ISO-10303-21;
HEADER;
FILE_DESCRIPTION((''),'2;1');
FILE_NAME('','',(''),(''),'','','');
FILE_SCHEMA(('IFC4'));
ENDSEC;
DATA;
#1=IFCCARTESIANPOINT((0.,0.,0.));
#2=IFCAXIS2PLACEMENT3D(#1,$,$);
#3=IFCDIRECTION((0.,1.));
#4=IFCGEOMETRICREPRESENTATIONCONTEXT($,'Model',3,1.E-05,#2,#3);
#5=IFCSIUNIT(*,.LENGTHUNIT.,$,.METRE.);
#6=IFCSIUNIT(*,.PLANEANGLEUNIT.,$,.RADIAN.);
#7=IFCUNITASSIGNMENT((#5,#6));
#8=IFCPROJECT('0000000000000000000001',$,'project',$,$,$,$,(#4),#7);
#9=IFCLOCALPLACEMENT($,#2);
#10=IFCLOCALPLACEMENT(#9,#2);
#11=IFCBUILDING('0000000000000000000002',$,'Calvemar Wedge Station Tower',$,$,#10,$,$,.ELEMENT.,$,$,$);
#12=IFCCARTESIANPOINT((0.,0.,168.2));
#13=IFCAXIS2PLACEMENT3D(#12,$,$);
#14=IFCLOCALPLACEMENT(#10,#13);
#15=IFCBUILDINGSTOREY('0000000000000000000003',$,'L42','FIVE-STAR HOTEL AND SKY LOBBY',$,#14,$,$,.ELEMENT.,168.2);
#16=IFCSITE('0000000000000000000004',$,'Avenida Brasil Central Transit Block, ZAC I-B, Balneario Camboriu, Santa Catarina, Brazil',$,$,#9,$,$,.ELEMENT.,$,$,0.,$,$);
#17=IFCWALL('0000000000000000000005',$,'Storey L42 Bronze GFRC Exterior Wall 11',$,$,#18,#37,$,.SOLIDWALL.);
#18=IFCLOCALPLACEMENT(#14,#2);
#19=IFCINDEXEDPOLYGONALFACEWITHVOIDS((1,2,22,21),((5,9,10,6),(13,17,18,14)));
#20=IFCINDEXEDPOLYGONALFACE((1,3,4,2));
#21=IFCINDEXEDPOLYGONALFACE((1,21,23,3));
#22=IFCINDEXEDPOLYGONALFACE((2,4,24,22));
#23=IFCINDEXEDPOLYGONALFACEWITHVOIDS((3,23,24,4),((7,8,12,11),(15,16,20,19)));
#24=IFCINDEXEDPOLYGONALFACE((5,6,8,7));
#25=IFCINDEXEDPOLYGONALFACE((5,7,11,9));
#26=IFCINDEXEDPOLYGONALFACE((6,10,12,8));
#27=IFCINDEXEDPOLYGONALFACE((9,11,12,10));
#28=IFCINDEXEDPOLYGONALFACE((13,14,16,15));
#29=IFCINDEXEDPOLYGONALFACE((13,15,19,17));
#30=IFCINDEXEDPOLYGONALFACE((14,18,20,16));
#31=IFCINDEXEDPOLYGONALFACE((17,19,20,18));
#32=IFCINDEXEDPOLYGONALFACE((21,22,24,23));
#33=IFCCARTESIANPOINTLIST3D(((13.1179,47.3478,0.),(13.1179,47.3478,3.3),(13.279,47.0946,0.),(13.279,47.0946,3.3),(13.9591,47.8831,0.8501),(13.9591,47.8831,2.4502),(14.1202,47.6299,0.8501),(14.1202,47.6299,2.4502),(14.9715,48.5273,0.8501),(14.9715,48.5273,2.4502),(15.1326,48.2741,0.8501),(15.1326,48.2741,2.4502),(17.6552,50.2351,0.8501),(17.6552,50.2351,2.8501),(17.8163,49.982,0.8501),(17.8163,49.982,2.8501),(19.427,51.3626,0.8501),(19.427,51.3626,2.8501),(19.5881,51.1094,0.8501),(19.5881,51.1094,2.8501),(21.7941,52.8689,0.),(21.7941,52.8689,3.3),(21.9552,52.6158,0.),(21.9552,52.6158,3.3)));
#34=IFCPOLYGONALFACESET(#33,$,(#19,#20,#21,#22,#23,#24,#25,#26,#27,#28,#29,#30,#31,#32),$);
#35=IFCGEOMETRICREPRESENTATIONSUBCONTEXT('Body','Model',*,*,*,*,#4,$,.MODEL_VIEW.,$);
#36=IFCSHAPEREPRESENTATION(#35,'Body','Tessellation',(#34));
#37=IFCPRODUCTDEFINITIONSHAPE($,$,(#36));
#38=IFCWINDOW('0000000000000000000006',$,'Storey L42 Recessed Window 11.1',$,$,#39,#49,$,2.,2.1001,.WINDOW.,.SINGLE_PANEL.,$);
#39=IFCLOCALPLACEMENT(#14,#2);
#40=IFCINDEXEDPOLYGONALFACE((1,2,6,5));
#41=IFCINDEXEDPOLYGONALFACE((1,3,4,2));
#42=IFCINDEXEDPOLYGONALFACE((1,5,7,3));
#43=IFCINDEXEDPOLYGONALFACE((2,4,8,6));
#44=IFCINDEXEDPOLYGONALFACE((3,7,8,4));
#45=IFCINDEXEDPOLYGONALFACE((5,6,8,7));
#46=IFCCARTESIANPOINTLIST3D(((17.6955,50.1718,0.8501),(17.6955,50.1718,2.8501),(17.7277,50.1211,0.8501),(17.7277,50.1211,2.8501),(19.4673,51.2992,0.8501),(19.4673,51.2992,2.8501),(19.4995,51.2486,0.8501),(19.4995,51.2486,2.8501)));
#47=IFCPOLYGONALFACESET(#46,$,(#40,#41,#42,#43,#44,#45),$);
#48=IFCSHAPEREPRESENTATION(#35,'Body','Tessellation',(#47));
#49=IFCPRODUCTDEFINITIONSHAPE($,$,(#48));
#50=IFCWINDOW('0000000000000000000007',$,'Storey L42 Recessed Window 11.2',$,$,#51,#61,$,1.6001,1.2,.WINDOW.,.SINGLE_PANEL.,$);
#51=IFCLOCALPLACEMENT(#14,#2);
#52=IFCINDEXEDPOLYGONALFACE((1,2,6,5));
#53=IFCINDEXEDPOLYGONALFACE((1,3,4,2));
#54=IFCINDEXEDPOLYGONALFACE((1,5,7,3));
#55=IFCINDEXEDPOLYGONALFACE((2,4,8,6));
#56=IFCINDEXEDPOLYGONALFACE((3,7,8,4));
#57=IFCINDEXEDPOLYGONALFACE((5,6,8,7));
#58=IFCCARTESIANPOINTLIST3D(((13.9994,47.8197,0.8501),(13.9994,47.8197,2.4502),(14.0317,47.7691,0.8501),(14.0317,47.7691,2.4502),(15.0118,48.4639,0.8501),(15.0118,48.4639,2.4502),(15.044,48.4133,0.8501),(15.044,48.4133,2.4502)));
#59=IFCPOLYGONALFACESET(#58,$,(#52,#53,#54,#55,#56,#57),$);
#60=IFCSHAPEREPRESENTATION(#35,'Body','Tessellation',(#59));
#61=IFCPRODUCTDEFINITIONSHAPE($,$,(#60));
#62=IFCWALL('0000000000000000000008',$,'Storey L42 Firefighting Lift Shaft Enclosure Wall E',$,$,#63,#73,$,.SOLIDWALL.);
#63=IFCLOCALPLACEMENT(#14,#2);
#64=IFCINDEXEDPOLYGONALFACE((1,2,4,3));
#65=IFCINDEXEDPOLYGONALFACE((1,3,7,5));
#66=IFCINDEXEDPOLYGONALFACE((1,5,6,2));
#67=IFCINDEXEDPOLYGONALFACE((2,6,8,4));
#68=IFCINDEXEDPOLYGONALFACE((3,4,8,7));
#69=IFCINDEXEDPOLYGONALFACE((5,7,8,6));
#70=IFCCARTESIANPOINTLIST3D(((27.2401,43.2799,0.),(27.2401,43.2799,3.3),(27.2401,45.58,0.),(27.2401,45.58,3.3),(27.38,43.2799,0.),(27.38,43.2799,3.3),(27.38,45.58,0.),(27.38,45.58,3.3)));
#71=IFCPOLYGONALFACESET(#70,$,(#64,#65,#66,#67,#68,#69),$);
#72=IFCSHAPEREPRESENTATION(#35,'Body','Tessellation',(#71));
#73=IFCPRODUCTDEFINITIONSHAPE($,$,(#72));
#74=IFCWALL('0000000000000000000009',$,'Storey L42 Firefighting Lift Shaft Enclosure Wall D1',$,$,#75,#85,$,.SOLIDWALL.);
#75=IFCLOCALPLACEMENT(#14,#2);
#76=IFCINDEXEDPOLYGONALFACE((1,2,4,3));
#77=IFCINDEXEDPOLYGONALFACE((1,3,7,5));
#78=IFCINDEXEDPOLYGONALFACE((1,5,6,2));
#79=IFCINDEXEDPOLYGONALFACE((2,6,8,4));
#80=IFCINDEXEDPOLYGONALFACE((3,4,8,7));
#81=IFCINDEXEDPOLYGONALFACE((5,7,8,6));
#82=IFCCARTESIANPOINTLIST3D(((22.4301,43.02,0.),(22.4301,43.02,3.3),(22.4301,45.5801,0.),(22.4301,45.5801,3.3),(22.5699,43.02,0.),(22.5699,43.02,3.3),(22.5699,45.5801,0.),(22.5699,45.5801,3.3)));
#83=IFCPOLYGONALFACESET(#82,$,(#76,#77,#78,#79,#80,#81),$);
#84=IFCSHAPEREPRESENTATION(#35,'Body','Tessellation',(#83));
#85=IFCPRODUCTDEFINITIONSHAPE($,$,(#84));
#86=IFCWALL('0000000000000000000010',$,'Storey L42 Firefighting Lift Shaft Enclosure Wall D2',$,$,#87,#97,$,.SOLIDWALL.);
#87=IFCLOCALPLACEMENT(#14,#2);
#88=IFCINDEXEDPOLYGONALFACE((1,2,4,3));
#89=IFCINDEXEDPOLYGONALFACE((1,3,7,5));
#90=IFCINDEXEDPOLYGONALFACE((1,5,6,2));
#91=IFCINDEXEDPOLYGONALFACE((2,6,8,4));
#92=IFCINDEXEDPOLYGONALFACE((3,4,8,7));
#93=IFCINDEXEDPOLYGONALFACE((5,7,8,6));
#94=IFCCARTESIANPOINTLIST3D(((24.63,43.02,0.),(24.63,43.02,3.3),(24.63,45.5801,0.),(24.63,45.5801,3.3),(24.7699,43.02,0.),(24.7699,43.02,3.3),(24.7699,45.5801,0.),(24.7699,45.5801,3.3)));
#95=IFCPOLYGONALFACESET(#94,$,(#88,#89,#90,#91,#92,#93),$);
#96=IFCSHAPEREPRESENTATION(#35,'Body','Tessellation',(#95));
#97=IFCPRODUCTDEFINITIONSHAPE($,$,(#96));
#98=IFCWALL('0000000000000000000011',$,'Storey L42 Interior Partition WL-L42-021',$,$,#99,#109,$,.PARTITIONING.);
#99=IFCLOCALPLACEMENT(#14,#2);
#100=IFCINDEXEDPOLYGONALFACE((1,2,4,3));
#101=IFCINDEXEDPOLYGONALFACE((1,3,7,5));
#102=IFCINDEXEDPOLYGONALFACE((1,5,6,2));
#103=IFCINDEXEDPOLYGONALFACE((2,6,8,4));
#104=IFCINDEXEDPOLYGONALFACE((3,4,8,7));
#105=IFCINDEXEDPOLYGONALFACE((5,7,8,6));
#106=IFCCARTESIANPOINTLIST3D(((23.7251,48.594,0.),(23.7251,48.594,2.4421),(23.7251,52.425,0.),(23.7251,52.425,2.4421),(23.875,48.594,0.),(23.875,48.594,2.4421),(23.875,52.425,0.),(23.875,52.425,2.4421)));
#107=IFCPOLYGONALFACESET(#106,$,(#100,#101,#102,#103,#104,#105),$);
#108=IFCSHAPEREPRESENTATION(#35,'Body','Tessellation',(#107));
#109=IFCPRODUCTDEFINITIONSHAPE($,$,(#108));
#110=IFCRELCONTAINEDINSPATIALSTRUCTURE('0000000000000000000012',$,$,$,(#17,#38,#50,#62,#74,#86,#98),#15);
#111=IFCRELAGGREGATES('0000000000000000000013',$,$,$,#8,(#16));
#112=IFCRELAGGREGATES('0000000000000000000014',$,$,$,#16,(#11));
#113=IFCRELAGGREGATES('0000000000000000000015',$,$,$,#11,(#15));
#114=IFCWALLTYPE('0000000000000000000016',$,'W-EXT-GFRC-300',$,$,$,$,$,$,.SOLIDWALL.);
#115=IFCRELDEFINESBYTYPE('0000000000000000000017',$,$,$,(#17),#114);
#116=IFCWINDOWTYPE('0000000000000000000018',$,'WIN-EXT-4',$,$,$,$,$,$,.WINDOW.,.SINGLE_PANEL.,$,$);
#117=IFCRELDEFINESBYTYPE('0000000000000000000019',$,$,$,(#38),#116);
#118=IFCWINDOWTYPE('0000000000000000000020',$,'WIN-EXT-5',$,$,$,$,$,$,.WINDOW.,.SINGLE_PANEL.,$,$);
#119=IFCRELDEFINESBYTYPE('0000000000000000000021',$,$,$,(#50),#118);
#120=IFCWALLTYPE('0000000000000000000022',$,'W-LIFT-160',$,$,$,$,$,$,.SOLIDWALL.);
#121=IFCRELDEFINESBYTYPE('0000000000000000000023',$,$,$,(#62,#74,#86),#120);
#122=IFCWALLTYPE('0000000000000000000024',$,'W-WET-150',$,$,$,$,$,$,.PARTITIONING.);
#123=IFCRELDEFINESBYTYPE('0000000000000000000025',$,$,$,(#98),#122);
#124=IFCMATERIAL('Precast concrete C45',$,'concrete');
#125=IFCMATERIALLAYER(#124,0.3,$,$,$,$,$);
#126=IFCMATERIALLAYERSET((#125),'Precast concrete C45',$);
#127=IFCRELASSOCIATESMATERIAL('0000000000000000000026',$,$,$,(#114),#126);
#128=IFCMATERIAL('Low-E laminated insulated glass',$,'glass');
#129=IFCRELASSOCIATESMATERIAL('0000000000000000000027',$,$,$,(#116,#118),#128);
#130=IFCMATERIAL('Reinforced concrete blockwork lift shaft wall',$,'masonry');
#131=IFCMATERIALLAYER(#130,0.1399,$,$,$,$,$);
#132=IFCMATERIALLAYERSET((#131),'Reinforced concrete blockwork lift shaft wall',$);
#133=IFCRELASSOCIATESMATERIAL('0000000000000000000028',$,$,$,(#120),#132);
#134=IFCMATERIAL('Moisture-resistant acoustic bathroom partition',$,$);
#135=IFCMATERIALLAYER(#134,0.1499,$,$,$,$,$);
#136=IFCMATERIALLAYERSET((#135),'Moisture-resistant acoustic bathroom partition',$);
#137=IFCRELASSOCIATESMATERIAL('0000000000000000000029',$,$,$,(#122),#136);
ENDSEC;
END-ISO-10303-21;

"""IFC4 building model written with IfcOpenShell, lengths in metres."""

from ifc_helpers import new_model, si_unit, direction, frame, frame_2d, origin, place, context, subcontext, project, spatial, rectangle, extrude, source, transform, mapped, material, layer, layer_set, type_object, element, fill, save


model = new_model("IFC4")

# Units and contexts
model_context = context("Model", 3, precision=1e-05, world=origin(), true_north=direction((0.0, 1.0)))
body_context = subcontext(model_context, "Body", "Model", "MODEL_VIEW")
ifc_project = project(units=[si_unit("LENGTHUNIT", "METRE"), si_unit("PLANEANGLEUNIT", "RADIAN")], contexts=[model_context])

# Site, building, storey
site_placement = place(None, origin())
site = spatial("IfcSite", under=ifc_project, at=site_placement, Name="Avenida Brasil Central Transit Block, ZAC I-B, Balneario Camboriu, Santa Catarina, Brazil", CompositionType="ELEMENT", RefElevation=0.0)
building_placement = place(site_placement, origin())
building = spatial("IfcBuilding", under=site, at=building_placement, Name="Calvemar Wedge Station Tower", CompositionType="ELEMENT")
storey_placement = place(building_placement, frame((0.0, 0.0, 168.2)))
storey = spatial("IfcBuildingStorey", under=building, at=storey_placement, Name="L42", Description="FIVE-STAR HOTEL AND SKY LOBBY", CompositionType="ELEMENT", Elevation=168.2)

# Wall, openings, windows
ifc_material_1 = material(Name="Precast concrete C45", Category="concrete")
ifc_layer_1 = layer(ifc_material_1, 0.3)
ifc_layer_set_1 = layer_set([ifc_layer_1], Name="Precast concrete C45")
wall_type_1 = type_object("IfcWallType", Name="W-EXT-GFRC-300", PredefinedType="SOLIDWALL", material=ifc_layer_set_1)
wall_1_placement = place(storey_placement, frame((21.8748, 52.7424, 0.0), z_axis=(0.0, 0.0, 1.0), x_axis=(-0.843662, -0.536874, 0.0)))
wall_1 = element("IfcWall", 1, at=wall_1_placement, inside=storey, type_object=wall_type_1, Name="Storey L42 Bronze GFRC Exterior Wall 11", PredefinedType="SOLIDWALL", context=body_context, shape_type="SweptSolid", body=[
    extrude(rectangle(XDim=10.2839, YDim=0.3, at=frame_2d((5.1421, 0.0))), origin(), (0.0, 0.0, 1.0), 3.3),
])
shared_shape_1 = source(origin(), body_context, "Body", "SweptSolid", [
    extrude(rectangle(XDim=2.1001, YDim=2.0, at=frame_2d((1.05, 1.0))), frame((0.0, 0.1602, 0.0), z_axis=(0.0, -1.0, 0.0), x_axis=(1.0, 0.0, 0.0)), (0.0, 0.0, 1.0), 0.3201),
])
opening_1_placement = place(wall_1_placement, frame((2.8059, 0.0, 0.8501)))
opening_1 = element("IfcOpeningElement", 2, at=opening_1_placement, cuts=wall_1, PredefinedType="OPENING", context=body_context, shape_type="MappedRepresentation", body=[
    mapped(shared_shape_1, transform((0.0, 0.0, 0.0), scale=1.0)),
])
shared_shape_2 = source(origin(), body_context, "Body", "SweptSolid", [
    extrude(rectangle(XDim=1.2, YDim=1.6001, at=frame_2d((0.6001, 0.8))), frame((0.0, 0.1602, 0.0), z_axis=(0.0, -1.0, 0.0), x_axis=(1.0, 0.0, 0.0)), (0.0, 0.0, 1.0), 0.3201),
])
opening_2_placement = place(wall_1_placement, frame((8.0869, 0.0, 0.8501)))
opening_2 = element("IfcOpeningElement", 3, at=opening_2_placement, cuts=wall_1, PredefinedType="OPENING", context=body_context, shape_type="MappedRepresentation", body=[
    mapped(shared_shape_2, transform((0.0, 0.0, 0.0), scale=1.0)),
])
ifc_material_2 = material(Name="Low-E laminated insulated glass", Category="glass")
window_type_1 = type_object("IfcWindowType", Name="WIN-EXT-4", PartitioningType="SINGLE_PANEL", PredefinedType="WINDOW", material=ifc_material_2)
shared_shape_3 = source(origin(), body_context, "Body", "SweptSolid", [
    extrude(rectangle(XDim=2.1001, YDim=2.0, at=frame_2d((1.05, 1.0))), frame((0.0, -0.0149, 0.0), z_axis=(0.0, -1.0, 0.0), x_axis=(1.0, 0.0, 0.0)), (0.0, 0.0, 1.0), 0.0601),
])
window_1_placement = place(opening_1_placement, origin())
window_1 = element("IfcWindow", 4, at=window_1_placement, inside=storey, type_object=window_type_1, Name="Storey L42 Recessed Window 11.1", OverallHeight=2.0, OverallWidth=2.1001, PartitioningType="SINGLE_PANEL", PredefinedType="WINDOW", context=body_context, shape_type="MappedRepresentation", body=[
    mapped(shared_shape_3, transform((0.0, 0.0, 0.0), scale=1.0)),
])
fill(opening_1, window_1)
window_type_2 = type_object("IfcWindowType", Name="WIN-EXT-5", PartitioningType="SINGLE_PANEL", PredefinedType="WINDOW", material=ifc_material_2)
shared_shape_4 = source(origin(), body_context, "Body", "SweptSolid", [
    extrude(rectangle(XDim=1.2, YDim=1.6001, at=frame_2d((0.6001, 0.8))), frame((0.0, -0.0149, 0.0), z_axis=(0.0, -1.0, 0.0), x_axis=(1.0, 0.0, 0.0)), (0.0, 0.0, 1.0), 0.0601),
])
window_2_placement = place(opening_2_placement, origin())
window_2 = element("IfcWindow", 5, at=window_2_placement, inside=storey, type_object=window_type_2, Name="Storey L42 Recessed Window 11.2", OverallHeight=1.6001, OverallWidth=1.2, PartitioningType="SINGLE_PANEL", PredefinedType="WINDOW", context=body_context, shape_type="MappedRepresentation", body=[
    mapped(shared_shape_4, transform((0.0, 0.0, 0.0), scale=1.0)),
])
fill(opening_2, window_2)

# Walls
ifc_material_3 = material(Name="Reinforced concrete blockwork lift shaft wall", Category="masonry")
ifc_layer_2 = layer(ifc_material_3, 0.1399)
ifc_layer_set_2 = layer_set([ifc_layer_2], Name="Reinforced concrete blockwork lift shaft wall")
wall_type_2 = type_object("IfcWallType", Name="W-LIFT-160", PredefinedType="SOLIDWALL", material=ifc_layer_set_2)
wall_2_placement = place(storey_placement, frame((27.3101, 43.28, 0.0), z_axis=(0.0, 0.0, 1.0), x_axis=(0.0, 1.0, 0.0)))
element("IfcWall", 6, at=wall_2_placement, inside=storey, type_object=wall_type_2, Name="Storey L42 Firefighting Lift Shaft Enclosure Wall E", PredefinedType="SOLIDWALL", context=body_context, shape_type="SweptSolid", body=[
    extrude(rectangle(XDim=2.3, YDim=0.1399, at=frame_2d((1.1499, 0.0))), origin(), (0.0, 0.0, 1.0), 3.3),
])
for number, where, z_axis, x_axis, name in (
    (7, (22.5, 43.02, 0.0), (0.0, 0.0, 1.0), (0.0, 1.0, 0.0), "Storey L42 Firefighting Lift Shaft Enclosure Wall D1"),
    (8, (24.7, 43.02, 0.0), (0.0, 0.0, 1.0), (0.0, 1.0, 0.0), "Storey L42 Firefighting Lift Shaft Enclosure Wall D2"),
):
    element("IfcWall", number, at=place(storey_placement, frame(where, z_axis=z_axis, x_axis=x_axis)), inside=storey, type_object=wall_type_2, Name=name, PredefinedType="SOLIDWALL", context=body_context, shape_type="SweptSolid", body=[
        extrude(rectangle(XDim=2.5601, YDim=0.1399, at=frame_2d((1.28, 0.0))), origin(), (0.0, 0.0, 1.0), 3.3),
    ])
ifc_material_4 = material(Name="Moisture-resistant acoustic bathroom partition")
ifc_layer_3 = layer(ifc_material_4, 0.1499)
ifc_layer_set_3 = layer_set([ifc_layer_3], Name="Moisture-resistant acoustic bathroom partition")
wall_type_3 = type_object("IfcWallType", Name="W-WET-150", PredefinedType="PARTITIONING", material=ifc_layer_set_3)
wall_3_placement = place(storey_placement, frame((23.8, 52.425, 0.0), z_axis=(0.0, 0.0, 1.0), x_axis=(0.0, -1.0, 0.0)))
element("IfcWall", 9, at=wall_3_placement, inside=storey, type_object=wall_type_3, Name="Storey L42 Interior Partition WL-L42-021", PredefinedType="PARTITIONING", context=body_context, shape_type="SweptSolid", body=[
    extrude(rectangle(XDim=3.8311, YDim=0.1499, at=frame_2d((1.9155, 0.0))), origin(), (0.0, 0.0, 1.0), 2.4421),
])

save(model, "model.ifc")
